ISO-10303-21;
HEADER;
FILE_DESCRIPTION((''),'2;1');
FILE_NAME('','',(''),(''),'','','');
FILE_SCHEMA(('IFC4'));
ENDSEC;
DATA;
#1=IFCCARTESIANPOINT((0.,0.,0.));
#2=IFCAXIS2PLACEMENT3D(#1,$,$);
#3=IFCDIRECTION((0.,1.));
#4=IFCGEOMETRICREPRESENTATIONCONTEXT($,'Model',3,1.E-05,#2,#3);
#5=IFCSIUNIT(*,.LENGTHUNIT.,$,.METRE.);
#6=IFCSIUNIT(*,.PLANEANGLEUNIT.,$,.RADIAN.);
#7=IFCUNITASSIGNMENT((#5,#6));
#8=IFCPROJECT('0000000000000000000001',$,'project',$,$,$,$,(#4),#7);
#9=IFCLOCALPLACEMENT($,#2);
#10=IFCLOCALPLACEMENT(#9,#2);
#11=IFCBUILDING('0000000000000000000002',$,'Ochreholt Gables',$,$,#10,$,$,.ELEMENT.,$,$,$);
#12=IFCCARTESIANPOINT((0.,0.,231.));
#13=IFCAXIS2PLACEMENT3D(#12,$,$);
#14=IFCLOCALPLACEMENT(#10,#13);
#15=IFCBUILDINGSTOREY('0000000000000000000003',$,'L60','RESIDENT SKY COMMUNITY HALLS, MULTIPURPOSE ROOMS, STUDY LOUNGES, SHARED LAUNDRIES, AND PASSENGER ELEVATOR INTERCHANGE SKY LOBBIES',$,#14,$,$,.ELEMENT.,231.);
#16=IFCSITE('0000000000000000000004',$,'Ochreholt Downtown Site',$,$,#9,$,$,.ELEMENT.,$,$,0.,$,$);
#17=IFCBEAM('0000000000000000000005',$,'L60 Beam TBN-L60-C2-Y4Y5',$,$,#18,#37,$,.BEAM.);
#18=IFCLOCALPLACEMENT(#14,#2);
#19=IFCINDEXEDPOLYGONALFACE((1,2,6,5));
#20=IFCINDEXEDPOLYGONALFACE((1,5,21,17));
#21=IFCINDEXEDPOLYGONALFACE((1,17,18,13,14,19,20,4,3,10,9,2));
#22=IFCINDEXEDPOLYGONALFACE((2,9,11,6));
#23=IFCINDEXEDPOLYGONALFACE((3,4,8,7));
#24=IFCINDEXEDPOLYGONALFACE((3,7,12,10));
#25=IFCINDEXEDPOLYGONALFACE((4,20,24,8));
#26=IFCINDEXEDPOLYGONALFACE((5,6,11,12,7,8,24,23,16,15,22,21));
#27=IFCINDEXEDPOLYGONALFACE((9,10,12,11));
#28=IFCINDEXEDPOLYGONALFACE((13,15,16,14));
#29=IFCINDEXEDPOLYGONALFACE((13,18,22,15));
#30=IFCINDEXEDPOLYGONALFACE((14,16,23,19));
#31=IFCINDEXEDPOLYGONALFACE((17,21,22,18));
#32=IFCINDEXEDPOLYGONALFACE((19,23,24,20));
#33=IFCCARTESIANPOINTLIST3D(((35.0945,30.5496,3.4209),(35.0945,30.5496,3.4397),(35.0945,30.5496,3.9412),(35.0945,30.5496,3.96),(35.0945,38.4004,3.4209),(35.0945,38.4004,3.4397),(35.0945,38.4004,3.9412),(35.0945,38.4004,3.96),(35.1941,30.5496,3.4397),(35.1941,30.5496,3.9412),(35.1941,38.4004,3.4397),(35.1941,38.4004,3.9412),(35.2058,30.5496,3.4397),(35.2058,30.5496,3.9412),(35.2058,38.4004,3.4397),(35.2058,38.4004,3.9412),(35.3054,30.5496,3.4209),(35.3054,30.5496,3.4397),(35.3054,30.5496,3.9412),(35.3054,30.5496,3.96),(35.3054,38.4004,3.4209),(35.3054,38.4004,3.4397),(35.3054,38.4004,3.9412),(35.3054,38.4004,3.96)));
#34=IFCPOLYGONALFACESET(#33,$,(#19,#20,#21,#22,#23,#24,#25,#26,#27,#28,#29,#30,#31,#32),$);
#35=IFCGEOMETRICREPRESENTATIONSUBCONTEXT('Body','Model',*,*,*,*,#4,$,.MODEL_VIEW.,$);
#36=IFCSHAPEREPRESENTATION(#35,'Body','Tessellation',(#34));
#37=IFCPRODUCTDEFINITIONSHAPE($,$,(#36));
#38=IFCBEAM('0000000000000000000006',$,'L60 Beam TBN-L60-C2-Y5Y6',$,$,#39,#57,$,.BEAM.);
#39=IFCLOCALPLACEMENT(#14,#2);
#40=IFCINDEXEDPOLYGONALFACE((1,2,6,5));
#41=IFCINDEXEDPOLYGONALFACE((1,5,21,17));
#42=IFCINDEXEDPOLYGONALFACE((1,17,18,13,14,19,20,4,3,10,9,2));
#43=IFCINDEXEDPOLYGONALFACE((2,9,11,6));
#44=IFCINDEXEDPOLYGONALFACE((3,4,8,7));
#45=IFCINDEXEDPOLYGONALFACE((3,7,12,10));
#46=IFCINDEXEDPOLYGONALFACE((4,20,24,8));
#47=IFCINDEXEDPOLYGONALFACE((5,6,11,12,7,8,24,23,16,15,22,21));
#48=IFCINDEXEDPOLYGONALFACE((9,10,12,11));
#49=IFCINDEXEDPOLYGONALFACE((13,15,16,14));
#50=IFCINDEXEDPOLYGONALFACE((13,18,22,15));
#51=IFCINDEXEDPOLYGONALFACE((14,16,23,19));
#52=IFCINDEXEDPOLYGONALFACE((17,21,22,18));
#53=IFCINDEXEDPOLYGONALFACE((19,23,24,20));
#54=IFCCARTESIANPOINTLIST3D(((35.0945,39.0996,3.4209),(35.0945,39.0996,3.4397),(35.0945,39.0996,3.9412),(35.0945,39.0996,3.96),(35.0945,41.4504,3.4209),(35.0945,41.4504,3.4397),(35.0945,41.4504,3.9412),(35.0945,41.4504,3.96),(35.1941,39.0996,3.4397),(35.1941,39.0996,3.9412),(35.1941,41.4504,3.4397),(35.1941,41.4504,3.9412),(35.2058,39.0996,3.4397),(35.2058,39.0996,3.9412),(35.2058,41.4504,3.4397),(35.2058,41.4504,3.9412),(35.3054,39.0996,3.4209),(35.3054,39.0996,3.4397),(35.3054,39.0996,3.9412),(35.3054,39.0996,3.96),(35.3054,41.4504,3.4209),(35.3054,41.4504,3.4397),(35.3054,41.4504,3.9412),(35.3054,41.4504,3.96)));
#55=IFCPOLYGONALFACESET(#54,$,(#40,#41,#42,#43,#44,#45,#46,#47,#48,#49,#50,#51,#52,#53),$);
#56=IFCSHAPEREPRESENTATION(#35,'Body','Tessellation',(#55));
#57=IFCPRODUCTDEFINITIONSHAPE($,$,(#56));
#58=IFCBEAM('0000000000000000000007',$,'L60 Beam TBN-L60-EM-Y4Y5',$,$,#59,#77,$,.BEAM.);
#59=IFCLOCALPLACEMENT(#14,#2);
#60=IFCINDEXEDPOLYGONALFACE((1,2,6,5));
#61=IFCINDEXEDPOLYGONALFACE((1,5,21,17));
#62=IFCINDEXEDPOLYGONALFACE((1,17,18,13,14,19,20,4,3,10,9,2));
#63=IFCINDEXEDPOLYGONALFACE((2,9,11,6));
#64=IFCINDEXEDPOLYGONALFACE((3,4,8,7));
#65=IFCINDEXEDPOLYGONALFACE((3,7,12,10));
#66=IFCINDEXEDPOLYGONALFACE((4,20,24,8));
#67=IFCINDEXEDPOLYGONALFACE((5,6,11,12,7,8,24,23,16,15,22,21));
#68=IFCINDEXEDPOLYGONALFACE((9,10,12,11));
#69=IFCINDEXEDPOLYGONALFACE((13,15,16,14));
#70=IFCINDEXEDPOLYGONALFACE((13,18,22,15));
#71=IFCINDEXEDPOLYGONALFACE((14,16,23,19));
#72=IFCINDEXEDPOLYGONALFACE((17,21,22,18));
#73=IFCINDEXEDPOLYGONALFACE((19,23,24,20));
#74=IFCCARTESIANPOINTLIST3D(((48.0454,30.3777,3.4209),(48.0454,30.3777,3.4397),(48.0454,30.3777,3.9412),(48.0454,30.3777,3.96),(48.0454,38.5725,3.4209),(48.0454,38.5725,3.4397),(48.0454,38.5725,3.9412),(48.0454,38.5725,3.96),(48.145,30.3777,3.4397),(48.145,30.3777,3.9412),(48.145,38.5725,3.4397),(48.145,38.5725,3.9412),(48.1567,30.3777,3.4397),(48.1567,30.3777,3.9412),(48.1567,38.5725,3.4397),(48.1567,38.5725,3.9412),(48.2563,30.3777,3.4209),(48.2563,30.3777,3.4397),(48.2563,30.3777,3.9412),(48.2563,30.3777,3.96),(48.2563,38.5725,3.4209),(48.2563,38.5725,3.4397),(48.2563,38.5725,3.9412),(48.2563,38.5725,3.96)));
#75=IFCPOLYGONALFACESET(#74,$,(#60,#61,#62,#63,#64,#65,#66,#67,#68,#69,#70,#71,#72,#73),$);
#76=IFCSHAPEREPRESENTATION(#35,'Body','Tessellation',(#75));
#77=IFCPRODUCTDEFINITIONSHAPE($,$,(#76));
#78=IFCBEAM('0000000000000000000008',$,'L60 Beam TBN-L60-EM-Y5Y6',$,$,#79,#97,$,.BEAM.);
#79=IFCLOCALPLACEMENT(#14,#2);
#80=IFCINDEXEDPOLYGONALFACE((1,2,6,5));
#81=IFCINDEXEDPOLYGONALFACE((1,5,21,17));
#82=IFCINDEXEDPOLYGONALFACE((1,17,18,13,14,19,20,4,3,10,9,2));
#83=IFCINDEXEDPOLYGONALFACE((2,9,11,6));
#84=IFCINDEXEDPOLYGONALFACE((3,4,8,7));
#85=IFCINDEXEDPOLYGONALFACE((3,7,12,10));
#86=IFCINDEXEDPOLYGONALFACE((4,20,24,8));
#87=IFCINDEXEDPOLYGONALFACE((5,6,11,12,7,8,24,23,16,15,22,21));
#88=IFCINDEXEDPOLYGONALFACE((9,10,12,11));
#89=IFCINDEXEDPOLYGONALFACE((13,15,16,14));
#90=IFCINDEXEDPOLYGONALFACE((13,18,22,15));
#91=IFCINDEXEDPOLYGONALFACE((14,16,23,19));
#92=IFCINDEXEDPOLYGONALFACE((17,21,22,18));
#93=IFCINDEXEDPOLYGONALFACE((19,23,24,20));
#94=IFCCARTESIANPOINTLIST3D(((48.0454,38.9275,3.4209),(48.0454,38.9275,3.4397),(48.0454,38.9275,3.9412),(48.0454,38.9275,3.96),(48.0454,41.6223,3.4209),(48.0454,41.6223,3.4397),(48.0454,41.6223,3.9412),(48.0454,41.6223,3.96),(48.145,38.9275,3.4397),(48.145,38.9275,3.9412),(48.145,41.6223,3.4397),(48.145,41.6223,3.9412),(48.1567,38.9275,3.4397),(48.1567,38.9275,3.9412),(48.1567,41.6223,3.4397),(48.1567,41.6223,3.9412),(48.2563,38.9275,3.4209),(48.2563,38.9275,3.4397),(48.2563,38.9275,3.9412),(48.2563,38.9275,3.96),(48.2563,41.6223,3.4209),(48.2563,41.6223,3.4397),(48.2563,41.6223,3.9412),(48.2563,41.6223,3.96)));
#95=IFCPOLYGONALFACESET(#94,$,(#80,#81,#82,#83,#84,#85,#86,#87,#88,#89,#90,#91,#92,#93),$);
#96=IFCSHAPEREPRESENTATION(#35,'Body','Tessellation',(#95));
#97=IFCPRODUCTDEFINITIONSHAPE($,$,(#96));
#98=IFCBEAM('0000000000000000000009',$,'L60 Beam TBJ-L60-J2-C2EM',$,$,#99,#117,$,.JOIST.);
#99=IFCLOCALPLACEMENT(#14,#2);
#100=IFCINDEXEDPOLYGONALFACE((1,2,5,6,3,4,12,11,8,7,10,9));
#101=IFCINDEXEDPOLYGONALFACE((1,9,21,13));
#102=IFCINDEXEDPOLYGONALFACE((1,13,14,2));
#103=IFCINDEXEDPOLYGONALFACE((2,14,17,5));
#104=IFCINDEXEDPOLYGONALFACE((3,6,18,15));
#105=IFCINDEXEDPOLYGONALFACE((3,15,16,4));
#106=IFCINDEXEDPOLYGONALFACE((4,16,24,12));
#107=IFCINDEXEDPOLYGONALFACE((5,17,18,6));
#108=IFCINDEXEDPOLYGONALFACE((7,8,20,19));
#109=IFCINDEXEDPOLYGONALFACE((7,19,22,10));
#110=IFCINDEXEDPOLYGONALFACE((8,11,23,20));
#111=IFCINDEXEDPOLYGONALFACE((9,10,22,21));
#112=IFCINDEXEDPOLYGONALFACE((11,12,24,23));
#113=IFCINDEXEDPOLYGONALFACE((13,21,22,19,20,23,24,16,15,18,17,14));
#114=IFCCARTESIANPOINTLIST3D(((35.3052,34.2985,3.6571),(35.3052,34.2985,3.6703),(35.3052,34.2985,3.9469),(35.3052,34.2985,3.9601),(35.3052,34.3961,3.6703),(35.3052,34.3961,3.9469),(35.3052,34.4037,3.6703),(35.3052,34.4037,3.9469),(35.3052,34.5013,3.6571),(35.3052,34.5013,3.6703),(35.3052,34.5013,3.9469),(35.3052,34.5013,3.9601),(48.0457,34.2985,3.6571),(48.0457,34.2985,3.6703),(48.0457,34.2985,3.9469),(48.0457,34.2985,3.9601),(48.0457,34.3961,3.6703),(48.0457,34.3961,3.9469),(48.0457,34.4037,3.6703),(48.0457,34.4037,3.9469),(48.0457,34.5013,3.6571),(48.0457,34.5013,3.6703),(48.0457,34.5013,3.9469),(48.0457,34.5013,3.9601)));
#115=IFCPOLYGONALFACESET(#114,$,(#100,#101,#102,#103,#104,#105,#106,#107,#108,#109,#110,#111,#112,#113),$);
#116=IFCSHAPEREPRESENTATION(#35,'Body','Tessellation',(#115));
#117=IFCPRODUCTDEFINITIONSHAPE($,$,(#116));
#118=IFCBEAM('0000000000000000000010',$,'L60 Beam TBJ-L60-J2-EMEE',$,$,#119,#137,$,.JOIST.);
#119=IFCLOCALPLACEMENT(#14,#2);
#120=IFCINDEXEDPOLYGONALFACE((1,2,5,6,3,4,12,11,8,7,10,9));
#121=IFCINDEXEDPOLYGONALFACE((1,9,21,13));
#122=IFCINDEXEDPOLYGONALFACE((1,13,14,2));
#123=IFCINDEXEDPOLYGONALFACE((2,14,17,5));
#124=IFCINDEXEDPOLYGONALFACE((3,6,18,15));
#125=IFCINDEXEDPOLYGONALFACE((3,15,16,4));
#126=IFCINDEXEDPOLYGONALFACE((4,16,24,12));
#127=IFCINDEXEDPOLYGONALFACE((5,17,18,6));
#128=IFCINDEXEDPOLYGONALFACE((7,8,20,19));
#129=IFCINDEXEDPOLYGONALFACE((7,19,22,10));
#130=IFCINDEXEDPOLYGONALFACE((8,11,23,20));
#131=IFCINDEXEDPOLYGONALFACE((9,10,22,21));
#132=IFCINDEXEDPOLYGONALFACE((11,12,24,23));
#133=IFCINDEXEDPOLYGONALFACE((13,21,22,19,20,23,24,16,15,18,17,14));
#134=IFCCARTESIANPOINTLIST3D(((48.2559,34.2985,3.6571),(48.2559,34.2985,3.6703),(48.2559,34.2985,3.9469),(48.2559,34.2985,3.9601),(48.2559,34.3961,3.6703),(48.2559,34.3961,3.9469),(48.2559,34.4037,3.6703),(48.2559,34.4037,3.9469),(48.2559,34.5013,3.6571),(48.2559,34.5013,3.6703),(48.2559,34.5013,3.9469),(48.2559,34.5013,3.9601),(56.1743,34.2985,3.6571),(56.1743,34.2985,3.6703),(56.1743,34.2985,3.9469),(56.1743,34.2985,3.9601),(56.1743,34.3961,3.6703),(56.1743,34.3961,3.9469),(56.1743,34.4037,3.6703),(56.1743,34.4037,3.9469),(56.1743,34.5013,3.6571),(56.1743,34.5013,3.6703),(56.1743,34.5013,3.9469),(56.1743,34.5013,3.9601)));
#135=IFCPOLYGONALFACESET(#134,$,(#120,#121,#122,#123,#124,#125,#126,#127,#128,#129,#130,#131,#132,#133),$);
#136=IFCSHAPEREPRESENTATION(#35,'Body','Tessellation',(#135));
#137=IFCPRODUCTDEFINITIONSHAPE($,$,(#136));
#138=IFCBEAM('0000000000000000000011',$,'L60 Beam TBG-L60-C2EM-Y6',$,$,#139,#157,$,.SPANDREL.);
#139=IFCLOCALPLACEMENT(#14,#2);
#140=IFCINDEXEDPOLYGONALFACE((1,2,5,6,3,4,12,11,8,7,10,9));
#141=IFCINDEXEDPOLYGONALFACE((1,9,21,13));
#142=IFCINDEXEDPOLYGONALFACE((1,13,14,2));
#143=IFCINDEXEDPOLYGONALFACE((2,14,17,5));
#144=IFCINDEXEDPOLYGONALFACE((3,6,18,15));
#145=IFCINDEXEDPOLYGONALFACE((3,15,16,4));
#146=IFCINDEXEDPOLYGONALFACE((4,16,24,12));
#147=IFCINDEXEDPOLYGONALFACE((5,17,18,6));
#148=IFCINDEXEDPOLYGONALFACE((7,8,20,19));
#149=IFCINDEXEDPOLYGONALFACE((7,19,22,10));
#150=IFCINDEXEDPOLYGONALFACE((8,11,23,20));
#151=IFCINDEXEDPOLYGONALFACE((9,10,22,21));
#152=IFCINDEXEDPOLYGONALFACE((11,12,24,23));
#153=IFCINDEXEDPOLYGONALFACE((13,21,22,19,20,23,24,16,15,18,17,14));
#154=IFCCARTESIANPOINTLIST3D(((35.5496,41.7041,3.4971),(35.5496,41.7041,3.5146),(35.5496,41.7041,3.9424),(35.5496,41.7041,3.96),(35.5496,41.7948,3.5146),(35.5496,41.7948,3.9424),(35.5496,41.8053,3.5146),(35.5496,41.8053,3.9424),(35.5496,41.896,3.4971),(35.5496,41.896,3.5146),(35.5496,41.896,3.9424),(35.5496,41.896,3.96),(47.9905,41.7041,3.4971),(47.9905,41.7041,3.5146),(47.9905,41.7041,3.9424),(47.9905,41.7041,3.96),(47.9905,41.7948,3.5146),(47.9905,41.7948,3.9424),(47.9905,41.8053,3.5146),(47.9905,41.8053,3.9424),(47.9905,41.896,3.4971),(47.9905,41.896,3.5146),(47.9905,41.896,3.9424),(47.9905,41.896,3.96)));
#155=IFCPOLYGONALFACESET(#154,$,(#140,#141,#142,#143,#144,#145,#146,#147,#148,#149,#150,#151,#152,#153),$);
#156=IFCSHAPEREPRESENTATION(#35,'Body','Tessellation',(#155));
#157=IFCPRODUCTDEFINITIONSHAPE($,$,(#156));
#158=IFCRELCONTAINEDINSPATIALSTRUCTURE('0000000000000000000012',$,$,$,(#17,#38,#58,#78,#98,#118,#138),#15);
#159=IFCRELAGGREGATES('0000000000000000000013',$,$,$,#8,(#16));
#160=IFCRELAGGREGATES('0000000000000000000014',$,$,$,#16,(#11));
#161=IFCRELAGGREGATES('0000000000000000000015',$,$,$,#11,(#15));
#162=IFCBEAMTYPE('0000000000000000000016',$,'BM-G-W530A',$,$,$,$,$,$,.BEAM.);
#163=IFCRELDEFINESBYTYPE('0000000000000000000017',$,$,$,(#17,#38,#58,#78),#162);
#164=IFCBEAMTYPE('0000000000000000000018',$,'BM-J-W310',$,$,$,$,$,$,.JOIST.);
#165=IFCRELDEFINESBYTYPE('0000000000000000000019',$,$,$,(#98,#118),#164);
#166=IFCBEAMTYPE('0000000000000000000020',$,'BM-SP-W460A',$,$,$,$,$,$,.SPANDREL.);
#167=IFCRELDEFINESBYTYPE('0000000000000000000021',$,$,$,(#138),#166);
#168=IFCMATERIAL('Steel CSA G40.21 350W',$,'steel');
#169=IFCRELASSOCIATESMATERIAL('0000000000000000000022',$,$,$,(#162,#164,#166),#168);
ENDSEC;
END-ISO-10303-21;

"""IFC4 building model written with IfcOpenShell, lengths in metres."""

from ifc_helpers import new_model, si_unit, direction, frame, origin, origin_2d, place, context, subcontext, project, spatial, i_section, extrude, material, material_profile, profile_set, type_object, element, save


model = new_model("IFC4")

# Units and contexts
model_context = context("Model", 3, precision=1e-05, world=origin(), true_north=direction((0.0, 1.0)))
body_context = subcontext(model_context, "Body", "Model", "MODEL_VIEW")
ifc_project = project(units=[si_unit("LENGTHUNIT", "METRE"), si_unit("PLANEANGLEUNIT", "RADIAN")], contexts=[model_context])

# Site, building, storey
site_placement = place(None, origin())
site = spatial("IfcSite", under=ifc_project, at=site_placement, Name="Ochreholt Downtown Site", CompositionType="ELEMENT", RefElevation=0.0)
building_placement = place(site_placement, origin())
building = spatial("IfcBuilding", under=site, at=building_placement, Name="Ochreholt Gables", CompositionType="ELEMENT")
storey_placement = place(building_placement, frame((0.0, 0.0, 231.0)))
storey = spatial("IfcBuildingStorey", under=building, at=storey_placement, Name="L60", Description="RESIDENT SKY COMMUNITY HALLS, MULTIPURPOSE ROOMS, STUDY LOUNGES, SHARED LAUNDRIES, AND PASSENGER ELEVATOR INTERCHANGE SKY LOBBIES", CompositionType="ELEMENT", Elevation=231.0)

# Shared definitions
ifc_material_1 = material(Name="Steel CSA G40.21 350W", Category="steel")

# Beams
ifc_material_profile_1 = material_profile(ifc_material_1, i_section(OverallWidth=0.2109, OverallDepth=0.5391, WebThickness=0.0117, FlangeThickness=0.0188, at=origin_2d()), Name="W530X109")
ifc_profile_set_1 = profile_set([ifc_material_profile_1], Name="Steel CSA G40.21 350W")
beam_type_1 = type_object("IfcBeamType", Name="BM-G-W530A", PredefinedType="BEAM", material=ifc_profile_set_1)
beam_1_placement = place(storey_placement, frame((35.2, 30.5496, 3.6904), z_axis=(0.0, 1.0, 0.0), x_axis=(-1.0, 0.0, 0.0)))
element("IfcBeam", 1, at=beam_1_placement, inside=storey, type_object=beam_type_1, Name="L60 Beam TBN-L60-C2-Y4Y5", PredefinedType="BEAM", context=body_context, shape_type="SweptSolid", body=[
    extrude(i_section(OverallWidth=0.2109, OverallDepth=0.5391, WebThickness=0.0117, FlangeThickness=0.0188, at=origin_2d()), origin(), (0.0, 0.0, 1.0), 7.8508),
])
beam_2_placement = place(storey_placement, frame((35.2, 39.0996, 3.6904), z_axis=(0.0, 1.0, 0.0), x_axis=(-1.0, 0.0, 0.0)))
element("IfcBeam", 2, at=beam_2_placement, inside=storey, type_object=beam_type_1, Name="L60 Beam TBN-L60-C2-Y5Y6", PredefinedType="BEAM", context=body_context, shape_type="SweptSolid", body=[
    extrude(i_section(OverallWidth=0.2109, OverallDepth=0.5391, WebThickness=0.0117, FlangeThickness=0.0188, at=origin_2d()), origin(), (0.0, 0.0, 1.0), 2.3508),
])
beam_3_placement = place(storey_placement, frame((48.1509, 30.3777, 3.6904), z_axis=(0.0, 1.0, 0.0), x_axis=(-1.0, 0.0, 0.0)))
element("IfcBeam", 3, at=beam_3_placement, inside=storey, type_object=beam_type_1, Name="L60 Beam TBN-L60-EM-Y4Y5", PredefinedType="BEAM", context=body_context, shape_type="SweptSolid", body=[
    extrude(i_section(OverallWidth=0.2109, OverallDepth=0.5391, WebThickness=0.0117, FlangeThickness=0.0188, at=origin_2d()), origin(), (0.0, 0.0, 1.0), 8.1948),
])
beam_4_placement = place(storey_placement, frame((48.1509, 38.9275, 3.6904), z_axis=(0.0, 1.0, 0.0), x_axis=(-1.0, 0.0, 0.0)))
element("IfcBeam", 4, at=beam_4_placement, inside=storey, type_object=beam_type_1, Name="L60 Beam TBN-L60-EM-Y5Y6", PredefinedType="BEAM", context=body_context, shape_type="SweptSolid", body=[
    extrude(i_section(OverallWidth=0.2109, OverallDepth=0.5391, WebThickness=0.0117, FlangeThickness=0.0188, at=origin_2d()), origin(), (0.0, 0.0, 1.0), 2.6948),
])
ifc_material_profile_2 = material_profile(ifc_material_1, i_section(OverallWidth=0.2029, OverallDepth=0.303, WebThickness=0.0076, FlangeThickness=0.0132, at=origin_2d()), Name="W310X60")
ifc_profile_set_2 = profile_set([ifc_material_profile_2], Name="Steel CSA G40.21 350W")
beam_type_2 = type_object("IfcBeamType", Name="BM-J-W310", PredefinedType="JOIST", material=ifc_profile_set_2)
beam_5_placement = place(storey_placement, frame((35.3052, 34.3999, 3.8086), z_axis=(1.0, 0.0, 0.0), x_axis=(0.0, 1.0, 0.0)))
element("IfcBeam", 5, at=beam_5_placement, inside=storey, type_object=beam_type_2, Name="L60 Beam TBJ-L60-J2-C2EM", PredefinedType="JOIST", context=body_context, shape_type="SweptSolid", body=[
    extrude(i_section(OverallWidth=0.2029, OverallDepth=0.303, WebThickness=0.0076, FlangeThickness=0.0132, at=origin_2d()), origin(), (0.0, 0.0, 1.0), 12.7405),
])
beam_6_placement = place(storey_placement, frame((48.2559, 34.3999, 3.8086), z_axis=(1.0, 0.0, 0.0), x_axis=(0.0, 1.0, 0.0)))
element("IfcBeam", 6, at=beam_6_placement, inside=storey, type_object=beam_type_2, Name="L60 Beam TBJ-L60-J2-EMEE", PredefinedType="JOIST", context=body_context, shape_type="SweptSolid", body=[
    extrude(i_section(OverallWidth=0.2029, OverallDepth=0.303, WebThickness=0.0076, FlangeThickness=0.0132, at=origin_2d()), origin(), (0.0, 0.0, 1.0), 7.9185),
])
ifc_material_profile_3 = material_profile(ifc_material_1, i_section(OverallWidth=0.1919, OverallDepth=0.4629, WebThickness=0.0105, FlangeThickness=0.0176, at=origin_2d()), Name="W460X89")
ifc_profile_set_3 = profile_set([ifc_material_profile_3], Name="Steel CSA G40.21 350W")
beam_type_3 = type_object("IfcBeamType", Name="BM-SP-W460A", PredefinedType="SPANDREL", material=ifc_profile_set_3)
beam_7_placement = place(storey_placement, frame((35.5496, 41.8, 3.7285), z_axis=(1.0, 0.0, 0.0), x_axis=(0.0, 1.0, 0.0)))
element("IfcBeam", 7, at=beam_7_placement, inside=storey, type_object=beam_type_3, Name="L60 Beam TBG-L60-C2EM-Y6", PredefinedType="SPANDREL", context=body_context, shape_type="SweptSolid", body=[
    extrude(i_section(OverallWidth=0.1919, OverallDepth=0.4629, WebThickness=0.0105, FlangeThickness=0.0176, at=origin_2d()), origin(), (0.0, 0.0, 1.0), 12.4409),
])

save(model, "model.ifc")
